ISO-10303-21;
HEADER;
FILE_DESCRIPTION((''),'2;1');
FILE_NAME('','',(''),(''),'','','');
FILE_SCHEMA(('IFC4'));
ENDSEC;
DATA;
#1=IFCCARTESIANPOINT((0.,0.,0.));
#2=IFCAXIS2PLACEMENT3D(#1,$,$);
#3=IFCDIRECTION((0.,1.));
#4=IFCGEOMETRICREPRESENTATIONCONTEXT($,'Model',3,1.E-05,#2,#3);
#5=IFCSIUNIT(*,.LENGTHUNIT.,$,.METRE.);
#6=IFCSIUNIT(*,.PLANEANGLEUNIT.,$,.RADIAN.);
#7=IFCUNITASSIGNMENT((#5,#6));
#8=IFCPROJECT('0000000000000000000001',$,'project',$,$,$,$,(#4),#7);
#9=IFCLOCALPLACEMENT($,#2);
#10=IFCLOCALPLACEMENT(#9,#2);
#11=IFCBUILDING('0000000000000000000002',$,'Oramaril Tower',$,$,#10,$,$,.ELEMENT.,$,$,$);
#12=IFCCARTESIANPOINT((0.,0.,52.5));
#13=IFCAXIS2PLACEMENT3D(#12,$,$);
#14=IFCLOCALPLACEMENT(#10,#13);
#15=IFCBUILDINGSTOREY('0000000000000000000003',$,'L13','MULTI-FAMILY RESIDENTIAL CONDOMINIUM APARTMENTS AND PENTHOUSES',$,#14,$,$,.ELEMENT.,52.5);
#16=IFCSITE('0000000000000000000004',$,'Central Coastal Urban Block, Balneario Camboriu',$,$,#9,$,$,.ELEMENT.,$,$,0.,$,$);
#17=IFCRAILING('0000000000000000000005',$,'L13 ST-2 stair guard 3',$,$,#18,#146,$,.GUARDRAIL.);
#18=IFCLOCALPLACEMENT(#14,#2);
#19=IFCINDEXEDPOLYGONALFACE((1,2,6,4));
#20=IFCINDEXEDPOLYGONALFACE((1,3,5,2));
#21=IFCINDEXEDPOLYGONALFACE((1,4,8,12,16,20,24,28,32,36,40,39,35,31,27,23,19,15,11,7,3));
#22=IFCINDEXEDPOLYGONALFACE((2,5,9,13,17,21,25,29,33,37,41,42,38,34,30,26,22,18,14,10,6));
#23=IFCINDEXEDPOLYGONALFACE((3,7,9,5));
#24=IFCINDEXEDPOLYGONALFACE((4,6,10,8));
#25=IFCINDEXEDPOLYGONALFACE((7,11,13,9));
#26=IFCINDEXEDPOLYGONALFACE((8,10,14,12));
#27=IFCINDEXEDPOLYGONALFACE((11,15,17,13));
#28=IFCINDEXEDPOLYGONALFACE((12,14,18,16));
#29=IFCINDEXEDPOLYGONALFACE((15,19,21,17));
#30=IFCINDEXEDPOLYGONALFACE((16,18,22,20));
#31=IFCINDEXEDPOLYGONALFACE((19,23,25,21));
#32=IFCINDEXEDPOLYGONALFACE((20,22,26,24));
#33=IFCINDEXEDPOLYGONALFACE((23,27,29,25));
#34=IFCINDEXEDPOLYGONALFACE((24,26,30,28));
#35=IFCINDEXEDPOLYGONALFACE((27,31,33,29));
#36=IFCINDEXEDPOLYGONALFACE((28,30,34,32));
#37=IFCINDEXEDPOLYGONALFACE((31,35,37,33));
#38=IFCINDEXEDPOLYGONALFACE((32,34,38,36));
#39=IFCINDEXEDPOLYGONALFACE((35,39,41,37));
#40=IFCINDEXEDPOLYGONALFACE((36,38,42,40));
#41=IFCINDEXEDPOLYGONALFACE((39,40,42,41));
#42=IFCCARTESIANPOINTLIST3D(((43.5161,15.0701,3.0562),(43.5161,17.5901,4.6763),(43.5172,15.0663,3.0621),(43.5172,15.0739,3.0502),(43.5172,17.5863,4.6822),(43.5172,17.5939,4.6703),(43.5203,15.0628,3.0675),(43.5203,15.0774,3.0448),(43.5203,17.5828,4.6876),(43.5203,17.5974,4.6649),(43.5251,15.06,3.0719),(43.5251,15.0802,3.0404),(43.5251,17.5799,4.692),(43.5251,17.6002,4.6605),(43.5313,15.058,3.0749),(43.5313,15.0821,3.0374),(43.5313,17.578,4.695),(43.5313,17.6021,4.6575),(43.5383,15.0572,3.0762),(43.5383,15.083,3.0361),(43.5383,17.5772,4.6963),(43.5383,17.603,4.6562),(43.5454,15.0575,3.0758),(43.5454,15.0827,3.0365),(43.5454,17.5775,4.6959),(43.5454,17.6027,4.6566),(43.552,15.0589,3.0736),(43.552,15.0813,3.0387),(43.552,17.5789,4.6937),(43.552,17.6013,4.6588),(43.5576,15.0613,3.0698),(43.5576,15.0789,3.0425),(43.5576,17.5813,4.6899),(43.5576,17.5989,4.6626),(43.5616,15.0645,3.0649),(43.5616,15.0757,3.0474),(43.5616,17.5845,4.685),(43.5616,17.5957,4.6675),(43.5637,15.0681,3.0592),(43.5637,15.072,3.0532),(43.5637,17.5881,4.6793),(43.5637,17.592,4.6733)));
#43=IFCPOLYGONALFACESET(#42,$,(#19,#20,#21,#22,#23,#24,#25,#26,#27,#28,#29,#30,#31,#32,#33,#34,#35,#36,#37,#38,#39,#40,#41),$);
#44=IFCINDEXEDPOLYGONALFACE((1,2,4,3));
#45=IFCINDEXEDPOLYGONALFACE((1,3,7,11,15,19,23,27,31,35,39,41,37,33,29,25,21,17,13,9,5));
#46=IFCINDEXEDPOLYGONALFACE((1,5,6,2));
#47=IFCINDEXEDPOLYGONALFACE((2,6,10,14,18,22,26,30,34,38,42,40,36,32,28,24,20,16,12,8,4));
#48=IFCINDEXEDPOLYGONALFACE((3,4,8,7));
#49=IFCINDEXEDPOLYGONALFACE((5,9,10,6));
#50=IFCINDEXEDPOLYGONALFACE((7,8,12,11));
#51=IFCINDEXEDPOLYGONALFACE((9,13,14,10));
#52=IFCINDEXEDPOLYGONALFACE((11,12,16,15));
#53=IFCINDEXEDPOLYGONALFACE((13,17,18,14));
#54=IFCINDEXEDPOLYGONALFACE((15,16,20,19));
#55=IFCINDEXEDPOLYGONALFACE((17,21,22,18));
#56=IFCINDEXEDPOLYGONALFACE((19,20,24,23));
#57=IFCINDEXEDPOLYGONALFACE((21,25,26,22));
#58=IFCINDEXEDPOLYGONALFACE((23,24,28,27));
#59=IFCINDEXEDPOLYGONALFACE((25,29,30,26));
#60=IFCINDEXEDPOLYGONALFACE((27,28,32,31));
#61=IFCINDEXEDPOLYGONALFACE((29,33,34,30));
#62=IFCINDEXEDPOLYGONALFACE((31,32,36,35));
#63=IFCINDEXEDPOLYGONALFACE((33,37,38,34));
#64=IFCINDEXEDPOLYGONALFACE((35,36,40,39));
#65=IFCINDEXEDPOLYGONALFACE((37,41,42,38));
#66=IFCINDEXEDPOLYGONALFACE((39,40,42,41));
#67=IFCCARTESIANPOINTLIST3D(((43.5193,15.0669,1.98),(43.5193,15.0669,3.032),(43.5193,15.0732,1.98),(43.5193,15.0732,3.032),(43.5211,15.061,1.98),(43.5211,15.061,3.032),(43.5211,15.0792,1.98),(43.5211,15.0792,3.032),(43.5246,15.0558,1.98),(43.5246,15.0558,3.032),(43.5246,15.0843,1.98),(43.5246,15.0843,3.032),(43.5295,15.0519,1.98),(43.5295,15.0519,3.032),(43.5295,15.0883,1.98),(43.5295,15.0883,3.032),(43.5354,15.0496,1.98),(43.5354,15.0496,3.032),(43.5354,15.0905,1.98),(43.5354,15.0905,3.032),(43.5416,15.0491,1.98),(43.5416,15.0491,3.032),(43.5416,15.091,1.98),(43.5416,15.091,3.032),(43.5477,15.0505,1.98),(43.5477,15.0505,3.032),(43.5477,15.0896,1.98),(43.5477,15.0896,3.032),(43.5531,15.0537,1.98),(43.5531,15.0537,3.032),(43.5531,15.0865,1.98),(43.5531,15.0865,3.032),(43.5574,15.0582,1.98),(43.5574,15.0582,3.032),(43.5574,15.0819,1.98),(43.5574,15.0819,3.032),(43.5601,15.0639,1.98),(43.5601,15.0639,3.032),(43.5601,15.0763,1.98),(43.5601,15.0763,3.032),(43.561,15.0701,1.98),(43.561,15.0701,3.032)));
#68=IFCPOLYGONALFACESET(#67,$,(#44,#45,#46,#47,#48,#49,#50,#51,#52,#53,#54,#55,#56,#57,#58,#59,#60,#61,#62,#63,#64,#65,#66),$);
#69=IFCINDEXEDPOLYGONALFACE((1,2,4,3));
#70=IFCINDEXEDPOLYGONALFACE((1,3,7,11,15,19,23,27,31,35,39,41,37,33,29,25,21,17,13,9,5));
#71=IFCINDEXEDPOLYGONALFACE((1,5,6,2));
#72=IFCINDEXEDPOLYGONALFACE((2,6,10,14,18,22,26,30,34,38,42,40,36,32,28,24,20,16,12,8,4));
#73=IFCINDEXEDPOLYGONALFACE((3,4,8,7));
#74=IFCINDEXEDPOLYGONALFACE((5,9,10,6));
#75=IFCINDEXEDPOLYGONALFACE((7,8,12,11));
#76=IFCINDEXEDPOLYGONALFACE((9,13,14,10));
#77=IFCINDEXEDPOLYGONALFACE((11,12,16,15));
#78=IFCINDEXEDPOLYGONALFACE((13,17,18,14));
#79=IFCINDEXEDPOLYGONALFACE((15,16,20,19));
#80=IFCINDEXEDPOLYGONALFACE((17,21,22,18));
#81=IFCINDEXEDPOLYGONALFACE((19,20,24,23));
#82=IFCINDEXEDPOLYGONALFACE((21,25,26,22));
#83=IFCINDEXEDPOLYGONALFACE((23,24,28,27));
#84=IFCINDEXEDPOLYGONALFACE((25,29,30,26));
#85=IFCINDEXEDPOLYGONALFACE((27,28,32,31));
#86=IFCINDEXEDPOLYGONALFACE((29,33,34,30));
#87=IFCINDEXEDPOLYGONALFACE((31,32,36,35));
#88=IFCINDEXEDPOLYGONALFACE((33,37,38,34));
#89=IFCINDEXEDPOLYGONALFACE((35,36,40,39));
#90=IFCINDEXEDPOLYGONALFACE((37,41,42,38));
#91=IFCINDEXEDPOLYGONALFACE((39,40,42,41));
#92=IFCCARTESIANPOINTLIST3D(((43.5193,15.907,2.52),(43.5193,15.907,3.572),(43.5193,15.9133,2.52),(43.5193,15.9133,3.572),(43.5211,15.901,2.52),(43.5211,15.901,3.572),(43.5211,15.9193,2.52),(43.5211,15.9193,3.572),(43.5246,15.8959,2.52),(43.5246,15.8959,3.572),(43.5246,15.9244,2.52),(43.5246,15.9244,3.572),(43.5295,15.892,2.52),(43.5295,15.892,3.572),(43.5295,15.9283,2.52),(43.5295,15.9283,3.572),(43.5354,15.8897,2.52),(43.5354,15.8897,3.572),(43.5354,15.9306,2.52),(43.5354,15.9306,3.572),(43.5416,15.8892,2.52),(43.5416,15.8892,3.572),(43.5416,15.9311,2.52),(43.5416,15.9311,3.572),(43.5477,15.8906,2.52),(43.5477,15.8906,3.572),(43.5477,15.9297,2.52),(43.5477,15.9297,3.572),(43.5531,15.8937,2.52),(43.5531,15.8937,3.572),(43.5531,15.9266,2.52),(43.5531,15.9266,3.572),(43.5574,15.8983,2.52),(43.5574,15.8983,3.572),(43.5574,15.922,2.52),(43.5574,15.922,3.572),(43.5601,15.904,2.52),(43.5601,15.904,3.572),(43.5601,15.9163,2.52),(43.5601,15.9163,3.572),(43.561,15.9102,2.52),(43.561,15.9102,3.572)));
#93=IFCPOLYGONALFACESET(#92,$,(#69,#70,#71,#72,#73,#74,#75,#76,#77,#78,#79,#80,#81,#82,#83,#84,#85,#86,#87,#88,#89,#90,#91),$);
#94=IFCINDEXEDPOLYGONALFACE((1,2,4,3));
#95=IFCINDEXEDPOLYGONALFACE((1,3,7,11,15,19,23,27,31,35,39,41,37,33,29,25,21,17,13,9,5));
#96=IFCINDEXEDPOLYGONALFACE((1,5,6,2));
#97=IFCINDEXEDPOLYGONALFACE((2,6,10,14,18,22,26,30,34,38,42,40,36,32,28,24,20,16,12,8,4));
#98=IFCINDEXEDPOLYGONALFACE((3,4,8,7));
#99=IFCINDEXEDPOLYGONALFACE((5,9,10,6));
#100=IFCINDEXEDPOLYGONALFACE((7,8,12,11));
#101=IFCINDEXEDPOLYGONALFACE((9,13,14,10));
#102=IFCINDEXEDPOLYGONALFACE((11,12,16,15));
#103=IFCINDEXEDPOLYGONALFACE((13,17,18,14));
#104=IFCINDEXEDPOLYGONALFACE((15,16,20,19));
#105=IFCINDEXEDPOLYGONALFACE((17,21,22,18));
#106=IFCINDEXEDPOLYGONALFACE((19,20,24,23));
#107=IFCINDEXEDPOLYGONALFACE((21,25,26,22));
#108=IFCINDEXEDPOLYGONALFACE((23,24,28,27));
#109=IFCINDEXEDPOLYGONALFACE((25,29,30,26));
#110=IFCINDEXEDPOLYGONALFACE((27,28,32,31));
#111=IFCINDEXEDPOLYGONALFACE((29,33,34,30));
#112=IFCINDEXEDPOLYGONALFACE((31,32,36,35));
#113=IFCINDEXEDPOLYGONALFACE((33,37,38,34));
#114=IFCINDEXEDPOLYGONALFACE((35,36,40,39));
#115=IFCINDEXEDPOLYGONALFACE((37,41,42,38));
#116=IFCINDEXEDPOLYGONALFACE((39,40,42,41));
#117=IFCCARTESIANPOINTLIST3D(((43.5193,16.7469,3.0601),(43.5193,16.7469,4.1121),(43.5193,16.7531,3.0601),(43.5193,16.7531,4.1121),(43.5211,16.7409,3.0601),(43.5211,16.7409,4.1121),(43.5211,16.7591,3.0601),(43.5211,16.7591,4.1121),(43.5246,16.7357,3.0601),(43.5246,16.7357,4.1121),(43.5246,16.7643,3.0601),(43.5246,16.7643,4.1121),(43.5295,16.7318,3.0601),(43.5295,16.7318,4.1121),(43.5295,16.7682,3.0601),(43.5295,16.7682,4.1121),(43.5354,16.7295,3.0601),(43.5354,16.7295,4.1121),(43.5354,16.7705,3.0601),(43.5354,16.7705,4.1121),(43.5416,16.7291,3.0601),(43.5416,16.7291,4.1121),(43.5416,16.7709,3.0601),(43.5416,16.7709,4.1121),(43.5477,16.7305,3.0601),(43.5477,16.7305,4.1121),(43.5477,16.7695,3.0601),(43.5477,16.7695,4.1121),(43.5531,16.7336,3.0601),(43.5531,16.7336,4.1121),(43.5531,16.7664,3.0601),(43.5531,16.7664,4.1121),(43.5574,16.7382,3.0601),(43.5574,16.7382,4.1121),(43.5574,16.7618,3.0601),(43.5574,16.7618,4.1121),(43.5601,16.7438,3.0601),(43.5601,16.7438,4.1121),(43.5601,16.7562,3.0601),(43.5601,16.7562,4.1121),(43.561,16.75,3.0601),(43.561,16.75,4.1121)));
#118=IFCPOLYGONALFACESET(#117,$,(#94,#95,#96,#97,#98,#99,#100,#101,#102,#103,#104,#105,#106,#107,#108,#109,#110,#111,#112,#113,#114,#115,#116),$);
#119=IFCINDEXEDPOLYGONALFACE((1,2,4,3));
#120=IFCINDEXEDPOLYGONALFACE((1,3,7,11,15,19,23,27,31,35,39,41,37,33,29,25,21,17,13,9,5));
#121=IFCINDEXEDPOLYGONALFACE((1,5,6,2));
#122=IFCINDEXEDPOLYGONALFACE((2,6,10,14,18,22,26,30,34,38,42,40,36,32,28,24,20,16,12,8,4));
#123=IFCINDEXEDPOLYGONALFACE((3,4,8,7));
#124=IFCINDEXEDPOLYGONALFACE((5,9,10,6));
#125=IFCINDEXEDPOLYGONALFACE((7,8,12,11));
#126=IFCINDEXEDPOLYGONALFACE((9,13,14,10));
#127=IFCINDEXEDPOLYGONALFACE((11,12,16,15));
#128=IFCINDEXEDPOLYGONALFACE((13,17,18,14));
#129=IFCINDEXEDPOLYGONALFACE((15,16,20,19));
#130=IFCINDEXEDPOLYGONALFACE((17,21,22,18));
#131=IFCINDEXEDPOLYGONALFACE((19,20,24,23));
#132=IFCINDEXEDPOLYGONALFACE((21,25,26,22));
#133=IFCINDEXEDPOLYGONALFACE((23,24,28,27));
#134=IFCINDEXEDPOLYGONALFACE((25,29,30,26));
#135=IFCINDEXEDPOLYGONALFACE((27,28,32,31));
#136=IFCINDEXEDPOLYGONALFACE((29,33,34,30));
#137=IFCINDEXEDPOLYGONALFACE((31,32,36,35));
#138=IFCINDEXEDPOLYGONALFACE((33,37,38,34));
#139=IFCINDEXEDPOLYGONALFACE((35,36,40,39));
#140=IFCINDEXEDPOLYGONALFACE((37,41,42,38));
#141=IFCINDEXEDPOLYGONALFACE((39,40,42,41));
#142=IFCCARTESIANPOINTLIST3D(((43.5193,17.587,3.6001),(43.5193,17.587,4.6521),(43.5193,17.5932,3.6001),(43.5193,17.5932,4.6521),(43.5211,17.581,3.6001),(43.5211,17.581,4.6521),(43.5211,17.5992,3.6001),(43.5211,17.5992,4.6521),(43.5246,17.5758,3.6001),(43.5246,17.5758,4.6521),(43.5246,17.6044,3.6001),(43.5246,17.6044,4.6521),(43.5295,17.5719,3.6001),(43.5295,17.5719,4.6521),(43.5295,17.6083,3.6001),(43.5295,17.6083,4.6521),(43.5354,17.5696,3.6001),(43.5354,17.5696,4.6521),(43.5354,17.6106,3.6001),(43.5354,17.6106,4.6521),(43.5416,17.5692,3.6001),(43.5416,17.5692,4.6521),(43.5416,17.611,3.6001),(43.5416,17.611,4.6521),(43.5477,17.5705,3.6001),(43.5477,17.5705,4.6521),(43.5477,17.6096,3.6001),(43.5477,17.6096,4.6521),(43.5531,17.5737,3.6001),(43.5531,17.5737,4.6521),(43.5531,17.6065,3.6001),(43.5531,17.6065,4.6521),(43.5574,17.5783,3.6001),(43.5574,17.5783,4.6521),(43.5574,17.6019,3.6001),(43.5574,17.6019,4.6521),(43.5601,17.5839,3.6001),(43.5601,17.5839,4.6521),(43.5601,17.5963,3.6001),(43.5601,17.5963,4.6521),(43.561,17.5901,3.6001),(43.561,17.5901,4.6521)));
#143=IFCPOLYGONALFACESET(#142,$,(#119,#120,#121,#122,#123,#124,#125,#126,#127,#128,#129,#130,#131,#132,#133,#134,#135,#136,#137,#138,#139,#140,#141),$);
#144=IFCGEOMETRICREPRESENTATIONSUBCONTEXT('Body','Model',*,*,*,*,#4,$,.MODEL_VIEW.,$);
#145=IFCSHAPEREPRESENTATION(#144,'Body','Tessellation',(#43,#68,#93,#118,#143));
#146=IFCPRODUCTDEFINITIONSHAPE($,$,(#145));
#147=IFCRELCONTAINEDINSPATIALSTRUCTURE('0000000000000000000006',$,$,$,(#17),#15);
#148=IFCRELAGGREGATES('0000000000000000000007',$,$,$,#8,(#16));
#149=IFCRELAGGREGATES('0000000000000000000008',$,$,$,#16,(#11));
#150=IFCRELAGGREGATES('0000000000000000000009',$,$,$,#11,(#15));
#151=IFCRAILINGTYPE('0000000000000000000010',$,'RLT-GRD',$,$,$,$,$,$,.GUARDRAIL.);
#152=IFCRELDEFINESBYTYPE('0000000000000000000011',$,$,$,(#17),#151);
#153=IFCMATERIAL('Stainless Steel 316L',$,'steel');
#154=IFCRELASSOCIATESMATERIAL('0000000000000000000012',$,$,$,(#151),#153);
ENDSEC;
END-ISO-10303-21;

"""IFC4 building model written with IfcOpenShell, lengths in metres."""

from ifc_helpers import new_model, si_unit, direction, frame, origin, origin_2d, place, context, subcontext, project, spatial, circle, extrude, material, type_object, element, save


model = new_model("IFC4")

# Units and contexts
model_context = context("Model", 3, precision=1e-05, world=origin(), true_north=direction((0.0, 1.0)))
body_context = subcontext(model_context, "Body", "Model", "MODEL_VIEW")
ifc_project = project(units=[si_unit("LENGTHUNIT", "METRE"), si_unit("PLANEANGLEUNIT", "RADIAN")], contexts=[model_context])

# Site, building, storey
site_placement = place(None, origin())
site = spatial("IfcSite", under=ifc_project, at=site_placement, Name="Central Coastal Urban Block, Balneario Camboriu", CompositionType="ELEMENT", RefElevation=0.0)
building_placement = place(site_placement, origin())
building = spatial("IfcBuilding", under=site, at=building_placement, Name="Oramaril Tower", CompositionType="ELEMENT")
storey_placement = place(building_placement, frame((0.0, 0.0, 52.5)))
storey = spatial("IfcBuildingStorey", under=building, at=storey_placement, Name="L13", Description="MULTI-FAMILY RESIDENTIAL CONDOMINIUM APARTMENTS AND PENTHOUSES", CompositionType="ELEMENT", Elevation=52.5)

# Railing
ifc_material_1 = material(Name="Stainless Steel 316L", Category="steel")
railing_type_1 = type_object("IfcRailingType", Name="RLT-GRD", PredefinedType="GUARDRAIL", material=ifc_material_1)
railing_1_placement = place(storey_placement, frame((43.54, 15.0701, 1.98)))
element("IfcRailing", 1, at=railing_1_placement, inside=storey, type_object=railing_type_1, Name="L13 ST-2 stair guard 3", PredefinedType="GUARDRAIL", context=body_context, shape_type="SweptSolid", body=[
    extrude(circle(Radius=0.0239, at=origin_2d()), frame((0.0, 0.0, 1.0762), z_axis=(0.0, 0.841163, 0.540782), x_axis=(-1.0, 0.0, 0.0)), (0.0, 0.0, 1.0), 2.9958),
    extrude(circle(Radius=0.021, at=origin_2d()), origin(), (0.0, 0.0, 1.0), 1.052),
    extrude(circle(Radius=0.021, at=origin_2d()), frame((0.0, 0.8401, 0.54)), (0.0, 0.0, 1.0), 1.052),
    extrude(circle(Radius=0.021, at=origin_2d()), frame((0.0, 1.6799, 1.0801)), (0.0, 0.0, 1.0), 1.052),
    extrude(circle(Radius=0.021, at=origin_2d()), frame((0.0, 2.52, 1.6201)), (0.0, 0.0, 1.0), 1.052),
])

save(model, "model.ifc")
